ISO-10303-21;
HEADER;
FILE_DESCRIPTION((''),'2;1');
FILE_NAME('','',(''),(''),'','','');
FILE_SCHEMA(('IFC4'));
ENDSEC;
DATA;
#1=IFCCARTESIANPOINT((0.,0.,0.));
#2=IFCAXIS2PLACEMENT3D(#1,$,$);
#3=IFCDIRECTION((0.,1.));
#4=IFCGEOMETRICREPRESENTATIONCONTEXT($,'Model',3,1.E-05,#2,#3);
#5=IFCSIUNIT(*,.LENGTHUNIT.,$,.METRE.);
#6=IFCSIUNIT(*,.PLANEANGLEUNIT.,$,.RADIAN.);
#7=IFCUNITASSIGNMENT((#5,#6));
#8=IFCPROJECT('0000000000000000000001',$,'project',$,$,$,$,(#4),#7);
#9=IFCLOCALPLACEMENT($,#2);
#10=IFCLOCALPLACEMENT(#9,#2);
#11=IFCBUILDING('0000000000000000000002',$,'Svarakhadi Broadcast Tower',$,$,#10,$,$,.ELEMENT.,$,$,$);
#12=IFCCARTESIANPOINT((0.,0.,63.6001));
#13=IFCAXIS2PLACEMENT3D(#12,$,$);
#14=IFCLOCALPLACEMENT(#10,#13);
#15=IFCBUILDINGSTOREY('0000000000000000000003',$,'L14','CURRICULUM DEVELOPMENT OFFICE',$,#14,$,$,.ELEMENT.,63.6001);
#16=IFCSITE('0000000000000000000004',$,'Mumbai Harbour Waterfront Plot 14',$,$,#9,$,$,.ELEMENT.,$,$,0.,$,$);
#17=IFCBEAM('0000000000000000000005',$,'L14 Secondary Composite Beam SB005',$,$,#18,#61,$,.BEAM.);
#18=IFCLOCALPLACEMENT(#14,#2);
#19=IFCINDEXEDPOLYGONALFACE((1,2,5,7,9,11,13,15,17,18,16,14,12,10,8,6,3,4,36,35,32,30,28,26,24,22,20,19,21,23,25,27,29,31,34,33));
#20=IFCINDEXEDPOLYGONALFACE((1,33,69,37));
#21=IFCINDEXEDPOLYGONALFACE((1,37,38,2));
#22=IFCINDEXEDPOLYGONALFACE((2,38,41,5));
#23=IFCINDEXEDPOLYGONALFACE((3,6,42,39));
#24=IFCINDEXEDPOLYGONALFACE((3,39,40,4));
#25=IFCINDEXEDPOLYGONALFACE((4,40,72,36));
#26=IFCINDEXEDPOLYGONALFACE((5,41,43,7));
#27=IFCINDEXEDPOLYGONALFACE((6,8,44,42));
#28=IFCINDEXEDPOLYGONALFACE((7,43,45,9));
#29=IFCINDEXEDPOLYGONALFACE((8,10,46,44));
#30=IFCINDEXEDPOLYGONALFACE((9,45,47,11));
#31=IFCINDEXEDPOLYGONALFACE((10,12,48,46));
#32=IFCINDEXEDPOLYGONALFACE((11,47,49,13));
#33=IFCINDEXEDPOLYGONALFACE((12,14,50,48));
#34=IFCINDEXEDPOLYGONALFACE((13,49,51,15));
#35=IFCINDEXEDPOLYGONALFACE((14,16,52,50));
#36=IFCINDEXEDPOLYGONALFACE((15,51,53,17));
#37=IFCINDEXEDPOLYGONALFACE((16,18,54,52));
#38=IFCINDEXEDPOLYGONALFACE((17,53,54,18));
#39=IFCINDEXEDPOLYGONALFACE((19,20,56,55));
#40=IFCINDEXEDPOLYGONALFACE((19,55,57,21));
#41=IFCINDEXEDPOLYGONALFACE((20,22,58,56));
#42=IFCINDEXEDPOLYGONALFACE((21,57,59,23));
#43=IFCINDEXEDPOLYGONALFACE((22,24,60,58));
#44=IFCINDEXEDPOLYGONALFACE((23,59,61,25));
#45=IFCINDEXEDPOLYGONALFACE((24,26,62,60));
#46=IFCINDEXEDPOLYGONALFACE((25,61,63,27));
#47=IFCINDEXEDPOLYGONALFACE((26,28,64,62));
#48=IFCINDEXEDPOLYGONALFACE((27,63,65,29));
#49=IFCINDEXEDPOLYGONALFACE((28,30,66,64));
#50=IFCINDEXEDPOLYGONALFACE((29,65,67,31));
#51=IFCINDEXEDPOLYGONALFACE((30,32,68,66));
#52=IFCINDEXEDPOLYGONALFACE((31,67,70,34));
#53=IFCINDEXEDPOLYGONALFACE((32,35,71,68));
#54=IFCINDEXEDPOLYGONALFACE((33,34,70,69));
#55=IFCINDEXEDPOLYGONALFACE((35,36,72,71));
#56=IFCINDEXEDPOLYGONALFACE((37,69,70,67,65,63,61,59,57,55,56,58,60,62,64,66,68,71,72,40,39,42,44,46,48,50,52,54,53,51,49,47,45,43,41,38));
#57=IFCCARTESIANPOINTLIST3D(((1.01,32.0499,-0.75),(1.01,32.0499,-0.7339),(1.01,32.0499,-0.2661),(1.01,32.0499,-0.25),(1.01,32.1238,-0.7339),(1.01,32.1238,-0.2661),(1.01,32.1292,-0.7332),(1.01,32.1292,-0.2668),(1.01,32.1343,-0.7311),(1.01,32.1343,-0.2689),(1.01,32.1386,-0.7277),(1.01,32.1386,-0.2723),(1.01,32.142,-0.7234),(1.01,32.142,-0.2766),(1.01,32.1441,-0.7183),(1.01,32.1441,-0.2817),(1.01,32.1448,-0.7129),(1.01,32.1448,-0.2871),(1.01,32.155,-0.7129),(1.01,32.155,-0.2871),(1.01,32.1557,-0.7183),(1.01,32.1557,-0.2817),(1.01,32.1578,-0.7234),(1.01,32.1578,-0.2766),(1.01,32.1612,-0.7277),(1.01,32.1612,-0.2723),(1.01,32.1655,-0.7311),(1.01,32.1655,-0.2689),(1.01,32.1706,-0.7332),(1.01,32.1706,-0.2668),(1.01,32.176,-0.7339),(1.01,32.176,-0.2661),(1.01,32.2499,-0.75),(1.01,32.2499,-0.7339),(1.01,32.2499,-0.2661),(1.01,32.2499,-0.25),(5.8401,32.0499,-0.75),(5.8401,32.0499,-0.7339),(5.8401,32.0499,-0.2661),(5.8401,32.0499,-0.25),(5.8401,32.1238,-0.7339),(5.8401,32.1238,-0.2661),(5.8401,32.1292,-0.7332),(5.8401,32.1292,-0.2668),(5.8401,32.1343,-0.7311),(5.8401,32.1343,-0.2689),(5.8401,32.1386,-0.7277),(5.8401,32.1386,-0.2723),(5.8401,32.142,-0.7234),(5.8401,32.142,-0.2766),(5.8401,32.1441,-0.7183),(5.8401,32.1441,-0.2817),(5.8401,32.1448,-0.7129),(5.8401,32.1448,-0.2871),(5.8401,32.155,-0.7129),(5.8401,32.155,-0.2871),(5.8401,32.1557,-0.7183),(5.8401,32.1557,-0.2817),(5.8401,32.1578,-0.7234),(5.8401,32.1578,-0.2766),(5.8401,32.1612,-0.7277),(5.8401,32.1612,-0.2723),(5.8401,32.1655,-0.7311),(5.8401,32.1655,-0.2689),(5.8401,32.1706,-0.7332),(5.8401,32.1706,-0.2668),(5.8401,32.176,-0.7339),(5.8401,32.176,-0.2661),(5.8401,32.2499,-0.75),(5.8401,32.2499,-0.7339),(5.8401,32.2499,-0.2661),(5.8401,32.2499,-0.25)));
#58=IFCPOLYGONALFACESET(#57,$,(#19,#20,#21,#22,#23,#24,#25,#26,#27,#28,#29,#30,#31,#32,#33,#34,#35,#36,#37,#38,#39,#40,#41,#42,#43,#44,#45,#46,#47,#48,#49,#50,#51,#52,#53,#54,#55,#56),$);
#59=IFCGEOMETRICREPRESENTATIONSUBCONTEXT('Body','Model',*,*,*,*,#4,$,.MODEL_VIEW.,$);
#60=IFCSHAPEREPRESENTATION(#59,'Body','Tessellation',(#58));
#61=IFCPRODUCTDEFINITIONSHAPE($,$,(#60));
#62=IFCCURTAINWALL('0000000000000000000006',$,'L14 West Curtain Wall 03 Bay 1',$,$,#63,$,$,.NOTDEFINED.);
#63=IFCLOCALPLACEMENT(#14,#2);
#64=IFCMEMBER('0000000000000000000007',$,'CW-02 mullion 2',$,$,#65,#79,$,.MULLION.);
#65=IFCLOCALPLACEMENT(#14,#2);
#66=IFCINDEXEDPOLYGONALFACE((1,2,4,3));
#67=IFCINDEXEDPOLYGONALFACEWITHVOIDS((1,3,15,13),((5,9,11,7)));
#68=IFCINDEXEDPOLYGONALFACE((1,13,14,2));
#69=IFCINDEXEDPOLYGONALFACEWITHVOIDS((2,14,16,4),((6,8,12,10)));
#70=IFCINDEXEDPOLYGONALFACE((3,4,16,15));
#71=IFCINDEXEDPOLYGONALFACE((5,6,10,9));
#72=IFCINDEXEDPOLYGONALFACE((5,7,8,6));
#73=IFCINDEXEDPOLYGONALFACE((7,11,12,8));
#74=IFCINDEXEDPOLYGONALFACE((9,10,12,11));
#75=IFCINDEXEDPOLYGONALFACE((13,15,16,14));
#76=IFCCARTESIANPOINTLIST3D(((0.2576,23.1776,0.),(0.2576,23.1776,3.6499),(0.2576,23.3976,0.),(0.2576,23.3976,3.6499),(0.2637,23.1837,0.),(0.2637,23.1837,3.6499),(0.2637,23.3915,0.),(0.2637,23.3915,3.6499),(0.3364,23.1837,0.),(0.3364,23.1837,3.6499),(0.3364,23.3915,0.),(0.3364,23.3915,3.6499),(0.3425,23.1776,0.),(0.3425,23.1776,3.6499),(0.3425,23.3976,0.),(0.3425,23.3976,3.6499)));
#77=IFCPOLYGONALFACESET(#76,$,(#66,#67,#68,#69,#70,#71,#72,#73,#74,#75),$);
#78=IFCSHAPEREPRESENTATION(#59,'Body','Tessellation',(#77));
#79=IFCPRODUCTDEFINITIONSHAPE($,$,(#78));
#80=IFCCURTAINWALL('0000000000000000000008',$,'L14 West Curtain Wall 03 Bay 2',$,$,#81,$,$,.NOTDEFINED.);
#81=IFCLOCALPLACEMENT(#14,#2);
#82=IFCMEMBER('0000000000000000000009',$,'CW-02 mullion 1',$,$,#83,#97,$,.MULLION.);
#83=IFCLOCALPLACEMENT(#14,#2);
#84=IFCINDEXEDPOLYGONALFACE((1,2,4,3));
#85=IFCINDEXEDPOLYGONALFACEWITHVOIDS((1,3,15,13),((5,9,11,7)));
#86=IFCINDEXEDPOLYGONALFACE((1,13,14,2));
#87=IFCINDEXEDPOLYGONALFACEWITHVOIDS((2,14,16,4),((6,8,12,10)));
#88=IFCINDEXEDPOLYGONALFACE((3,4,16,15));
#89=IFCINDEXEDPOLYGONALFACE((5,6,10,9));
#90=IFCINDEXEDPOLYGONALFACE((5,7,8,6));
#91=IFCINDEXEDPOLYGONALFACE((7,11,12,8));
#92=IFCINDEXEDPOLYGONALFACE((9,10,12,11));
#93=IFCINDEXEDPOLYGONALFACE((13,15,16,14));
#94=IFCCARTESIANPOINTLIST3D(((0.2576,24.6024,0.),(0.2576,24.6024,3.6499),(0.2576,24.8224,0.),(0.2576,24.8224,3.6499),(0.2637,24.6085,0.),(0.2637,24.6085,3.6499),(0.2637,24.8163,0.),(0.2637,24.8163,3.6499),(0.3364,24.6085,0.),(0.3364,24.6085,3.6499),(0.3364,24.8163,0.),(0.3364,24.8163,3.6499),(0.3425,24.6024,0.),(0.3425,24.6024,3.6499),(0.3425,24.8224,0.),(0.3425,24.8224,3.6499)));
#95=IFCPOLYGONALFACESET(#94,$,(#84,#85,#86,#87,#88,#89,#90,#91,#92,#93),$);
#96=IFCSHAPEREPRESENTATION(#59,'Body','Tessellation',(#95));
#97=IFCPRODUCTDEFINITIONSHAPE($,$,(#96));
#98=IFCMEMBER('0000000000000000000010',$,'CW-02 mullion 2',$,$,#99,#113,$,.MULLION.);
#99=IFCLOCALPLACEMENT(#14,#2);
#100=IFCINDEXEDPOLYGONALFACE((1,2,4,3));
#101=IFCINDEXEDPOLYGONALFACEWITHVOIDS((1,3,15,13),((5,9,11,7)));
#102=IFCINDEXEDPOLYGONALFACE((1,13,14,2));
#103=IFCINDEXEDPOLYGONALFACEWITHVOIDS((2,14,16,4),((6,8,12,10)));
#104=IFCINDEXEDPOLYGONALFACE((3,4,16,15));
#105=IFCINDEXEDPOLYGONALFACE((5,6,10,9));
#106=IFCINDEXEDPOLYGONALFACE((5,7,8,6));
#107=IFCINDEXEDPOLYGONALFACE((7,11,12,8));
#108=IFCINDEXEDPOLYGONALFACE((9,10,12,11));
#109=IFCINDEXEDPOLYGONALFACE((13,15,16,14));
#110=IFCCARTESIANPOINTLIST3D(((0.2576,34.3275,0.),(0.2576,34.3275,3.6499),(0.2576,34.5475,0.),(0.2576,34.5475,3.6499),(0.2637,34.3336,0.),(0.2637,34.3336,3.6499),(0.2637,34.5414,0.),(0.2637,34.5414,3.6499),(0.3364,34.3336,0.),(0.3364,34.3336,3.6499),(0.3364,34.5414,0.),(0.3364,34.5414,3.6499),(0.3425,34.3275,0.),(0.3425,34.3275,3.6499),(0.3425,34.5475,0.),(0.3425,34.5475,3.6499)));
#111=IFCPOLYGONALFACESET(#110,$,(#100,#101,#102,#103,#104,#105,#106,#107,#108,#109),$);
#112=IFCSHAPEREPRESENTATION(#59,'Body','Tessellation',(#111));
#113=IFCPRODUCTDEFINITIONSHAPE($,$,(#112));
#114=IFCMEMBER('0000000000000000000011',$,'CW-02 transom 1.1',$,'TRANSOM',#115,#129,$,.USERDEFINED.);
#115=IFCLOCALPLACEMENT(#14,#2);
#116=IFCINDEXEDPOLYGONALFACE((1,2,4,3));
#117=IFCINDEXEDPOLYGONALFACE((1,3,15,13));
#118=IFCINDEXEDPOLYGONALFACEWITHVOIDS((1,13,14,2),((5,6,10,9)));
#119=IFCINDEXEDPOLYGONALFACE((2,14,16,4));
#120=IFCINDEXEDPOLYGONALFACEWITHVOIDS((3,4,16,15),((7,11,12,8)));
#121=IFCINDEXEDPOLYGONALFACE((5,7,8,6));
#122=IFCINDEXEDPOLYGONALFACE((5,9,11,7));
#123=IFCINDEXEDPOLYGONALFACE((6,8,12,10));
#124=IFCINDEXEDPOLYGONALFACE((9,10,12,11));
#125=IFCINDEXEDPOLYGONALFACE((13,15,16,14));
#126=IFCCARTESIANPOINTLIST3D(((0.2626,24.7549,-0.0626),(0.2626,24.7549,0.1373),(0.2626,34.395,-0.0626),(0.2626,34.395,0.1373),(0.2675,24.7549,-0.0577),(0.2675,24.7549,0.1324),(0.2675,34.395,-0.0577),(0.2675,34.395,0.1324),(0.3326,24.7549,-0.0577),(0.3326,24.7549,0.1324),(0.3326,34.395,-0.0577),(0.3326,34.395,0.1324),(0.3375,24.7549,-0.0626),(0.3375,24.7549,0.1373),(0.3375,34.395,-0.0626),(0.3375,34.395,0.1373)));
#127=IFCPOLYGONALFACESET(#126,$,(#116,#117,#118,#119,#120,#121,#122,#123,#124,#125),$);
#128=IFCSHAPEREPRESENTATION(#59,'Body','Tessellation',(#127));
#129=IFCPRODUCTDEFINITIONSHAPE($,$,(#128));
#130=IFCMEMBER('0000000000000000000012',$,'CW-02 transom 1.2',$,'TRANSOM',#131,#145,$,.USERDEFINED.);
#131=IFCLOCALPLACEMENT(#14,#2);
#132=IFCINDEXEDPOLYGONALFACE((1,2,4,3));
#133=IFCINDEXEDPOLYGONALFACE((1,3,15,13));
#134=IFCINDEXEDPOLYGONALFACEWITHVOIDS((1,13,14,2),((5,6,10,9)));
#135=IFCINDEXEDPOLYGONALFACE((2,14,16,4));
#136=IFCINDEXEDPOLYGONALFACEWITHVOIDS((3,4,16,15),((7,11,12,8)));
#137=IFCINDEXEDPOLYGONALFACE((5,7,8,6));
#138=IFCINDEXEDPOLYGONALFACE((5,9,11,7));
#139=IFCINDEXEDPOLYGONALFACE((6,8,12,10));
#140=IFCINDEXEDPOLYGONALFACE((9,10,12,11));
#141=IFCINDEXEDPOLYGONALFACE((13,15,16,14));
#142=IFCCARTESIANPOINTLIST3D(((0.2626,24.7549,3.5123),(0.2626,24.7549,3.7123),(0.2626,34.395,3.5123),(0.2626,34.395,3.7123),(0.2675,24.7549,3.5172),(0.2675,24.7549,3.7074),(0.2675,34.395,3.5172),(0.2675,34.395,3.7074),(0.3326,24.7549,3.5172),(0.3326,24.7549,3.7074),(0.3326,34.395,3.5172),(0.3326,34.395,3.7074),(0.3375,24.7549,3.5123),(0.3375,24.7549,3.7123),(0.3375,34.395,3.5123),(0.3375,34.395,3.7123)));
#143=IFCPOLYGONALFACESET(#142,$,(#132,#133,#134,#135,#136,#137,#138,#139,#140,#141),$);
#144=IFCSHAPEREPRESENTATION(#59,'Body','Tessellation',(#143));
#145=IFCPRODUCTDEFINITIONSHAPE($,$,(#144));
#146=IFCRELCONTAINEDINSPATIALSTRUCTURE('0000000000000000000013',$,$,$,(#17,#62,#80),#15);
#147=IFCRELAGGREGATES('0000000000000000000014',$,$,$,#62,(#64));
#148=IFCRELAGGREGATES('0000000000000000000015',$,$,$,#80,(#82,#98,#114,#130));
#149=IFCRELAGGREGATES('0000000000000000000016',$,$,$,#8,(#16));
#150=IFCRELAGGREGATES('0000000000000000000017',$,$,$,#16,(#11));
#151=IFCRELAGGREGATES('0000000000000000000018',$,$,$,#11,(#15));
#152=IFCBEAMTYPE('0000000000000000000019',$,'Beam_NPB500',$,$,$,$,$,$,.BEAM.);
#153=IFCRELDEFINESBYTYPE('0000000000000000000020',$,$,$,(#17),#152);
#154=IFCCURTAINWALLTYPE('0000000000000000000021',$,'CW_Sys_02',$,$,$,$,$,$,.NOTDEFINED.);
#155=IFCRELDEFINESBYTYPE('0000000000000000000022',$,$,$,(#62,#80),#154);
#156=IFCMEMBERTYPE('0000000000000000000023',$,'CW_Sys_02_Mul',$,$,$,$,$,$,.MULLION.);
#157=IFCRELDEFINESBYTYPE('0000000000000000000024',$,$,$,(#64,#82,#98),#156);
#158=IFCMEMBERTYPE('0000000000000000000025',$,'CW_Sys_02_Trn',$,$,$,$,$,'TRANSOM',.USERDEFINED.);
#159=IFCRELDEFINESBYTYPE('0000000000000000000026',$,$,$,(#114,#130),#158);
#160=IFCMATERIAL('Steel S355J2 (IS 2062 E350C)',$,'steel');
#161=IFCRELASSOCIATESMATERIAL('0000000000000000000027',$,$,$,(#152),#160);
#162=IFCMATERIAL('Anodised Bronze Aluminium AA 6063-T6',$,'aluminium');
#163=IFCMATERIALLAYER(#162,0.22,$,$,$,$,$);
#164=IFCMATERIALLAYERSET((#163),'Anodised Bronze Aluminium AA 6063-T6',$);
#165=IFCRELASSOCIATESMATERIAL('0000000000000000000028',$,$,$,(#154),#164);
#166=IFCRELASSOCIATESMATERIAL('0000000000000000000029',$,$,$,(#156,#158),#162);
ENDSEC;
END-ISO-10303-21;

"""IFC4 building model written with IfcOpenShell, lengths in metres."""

from ifc_helpers import new_model, si_unit, direction, frame, origin, origin_2d, place, context, subcontext, project, spatial, hollow_rectangle, i_section, extrude, material, layer, layer_set, material_profile, profile_set, type_object, element, aggregate, save


model = new_model("IFC4")

# Units and contexts
model_context = context("Model", 3, precision=1e-05, world=origin(), true_north=direction((0.0, 1.0)))
body_context = subcontext(model_context, "Body", "Model", "MODEL_VIEW")
ifc_project = project(units=[si_unit("LENGTHUNIT", "METRE"), si_unit("PLANEANGLEUNIT", "RADIAN")], contexts=[model_context])

# Site, building, storey
site_placement = place(None, origin())
site = spatial("IfcSite", under=ifc_project, at=site_placement, Name="Mumbai Harbour Waterfront Plot 14", CompositionType="ELEMENT", RefElevation=0.0)
building_placement = place(site_placement, origin())
building = spatial("IfcBuilding", under=site, at=building_placement, Name="Svarakhadi Broadcast Tower", CompositionType="ELEMENT")
storey_placement = place(building_placement, frame((0.0, 0.0, 63.6001)))
storey = spatial("IfcBuildingStorey", under=building, at=storey_placement, Name="L14", Description="CURRICULUM DEVELOPMENT OFFICE", CompositionType="ELEMENT", Elevation=63.6001)

# Beam
ifc_material_1 = material(Name="Steel S355J2 (IS 2062 E350C)", Category="steel")
ifc_material_profile_1 = material_profile(ifc_material_1, i_section(OverallWidth=0.2, OverallDepth=0.5, WebThickness=0.0103, FlangeThickness=0.0161, FilletRadius=0.021, at=origin_2d()), Name="NPB 500x200x91")
ifc_profile_set_1 = profile_set([ifc_material_profile_1], Name="Steel S355J2 (IS 2062 E350C)")
beam_type_1 = type_object("IfcBeamType", Name="Beam_NPB500", PredefinedType="BEAM", material=ifc_profile_set_1)
for number, where, z_axis, x_axis, name in (
    (1, (1.01, 32.1499, -0.5), (1.0, 0.0, 0.0), (0.0, 1.0, 0.0), "L14 Secondary Composite Beam SB005"),
):
    element("IfcBeam", number, at=place(storey_placement, frame(where, z_axis=z_axis, x_axis=x_axis)), inside=storey, type_object=beam_type_1, Name=name, PredefinedType="BEAM", context=body_context, shape_type="SweptSolid", body=[
        extrude(i_section(OverallWidth=0.2, OverallDepth=0.5, WebThickness=0.0103, FlangeThickness=0.0161, FilletRadius=0.021, at=origin_2d()), origin(), (0.0, 0.0, 1.0), 4.8301),
    ])

# Curtain wall, member
ifc_material_2 = material(Name="Anodised Bronze Aluminium AA 6063-T6", Category="aluminium")
ifc_layer_1 = layer(ifc_material_2, 0.22)
ifc_layer_set_1 = layer_set([ifc_layer_1], Name="Anodised Bronze Aluminium AA 6063-T6")
curtain_wall_type = type_object("IfcCurtainWallType", Name="CW_Sys_02", PredefinedType="NOTDEFINED", material=ifc_layer_set_1)
curtain_wall_1_placement = place(storey_placement, origin())
curtain_wall_1 = element("IfcCurtainWall", 2, at=curtain_wall_1_placement, inside=storey, type_object=curtain_wall_type, Name="L14 West Curtain Wall 03 Bay 1", PredefinedType="NOTDEFINED")
ifc_material_profile_2 = material_profile(ifc_material_2, hollow_rectangle(XDim=0.085, YDim=0.22, WallThickness=0.0061, at=origin_2d()), Name="ALU MULLION 220x85x6")
ifc_profile_set_2 = profile_set([ifc_material_profile_2], Name="Anodised Bronze Aluminium AA 6063-T6")
member_type_1 = type_object("IfcMemberType", Name="CW_Sys_02_Mul", PredefinedType="MULLION", material=ifc_profile_set_2)
member_1_placement = place(storey_placement, frame((0.3, 23.2876, 0.0), z_axis=(0.0, 0.0, 1.0), x_axis=(-1.0, 0.0, 0.0)))
member_1 = element("IfcMember", 3, at=member_1_placement, type_object=member_type_1, Name="CW-02 mullion 2", PredefinedType="MULLION", context=body_context, shape_type="SweptSolid", body=[
    extrude(hollow_rectangle(XDim=0.085, YDim=0.22, WallThickness=0.0061, at=origin_2d()), origin(), (0.0, 0.0, 1.0), 3.6499),
])
aggregate(curtain_wall_1, [member_1])

# Curtain wall, members
curtain_wall_2_placement = place(storey_placement, origin())
curtain_wall_2 = element("IfcCurtainWall", 4, at=curtain_wall_2_placement, inside=storey, type_object=curtain_wall_type, Name="L14 West Curtain Wall 03 Bay 2", PredefinedType="NOTDEFINED")
member_2_placement = place(storey_placement, frame((0.3, 24.7124, 0.0), z_axis=(0.0, 0.0, 1.0), x_axis=(-1.0, 0.0, 0.0)))
member_2 = element("IfcMember", 5, at=member_2_placement, type_object=member_type_1, Name="CW-02 mullion 1", PredefinedType="MULLION", context=body_context, shape_type="SweptSolid", body=[
    extrude(hollow_rectangle(XDim=0.085, YDim=0.22, WallThickness=0.0061, at=origin_2d()), origin(), (0.0, 0.0, 1.0), 3.6499),
])
member_3_placement = place(storey_placement, frame((0.3, 34.4375, 0.0), z_axis=(0.0, 0.0, 1.0), x_axis=(-1.0, 0.0, 0.0)))
member_3 = element("IfcMember", 6, at=member_3_placement, type_object=member_type_1, Name="CW-02 mullion 2", PredefinedType="MULLION", context=body_context, shape_type="SweptSolid", body=[
    extrude(hollow_rectangle(XDim=0.085, YDim=0.22, WallThickness=0.0061, at=origin_2d()), origin(), (0.0, 0.0, 1.0), 3.6499),
])
ifc_material_profile_3 = material_profile(ifc_material_2, hollow_rectangle(XDim=0.075, YDim=0.2, WallThickness=0.0049, at=origin_2d()), Name="ALU TRANSOM 200x75x5")
ifc_profile_set_3 = profile_set([ifc_material_profile_3], Name="Anodised Bronze Aluminium AA 6063-T6")
member_type_2 = type_object("IfcMemberType", Name="CW_Sys_02_Trn", ElementType="TRANSOM", PredefinedType="USERDEFINED", material=ifc_profile_set_3)
member_4_placement = place(storey_placement, frame((0.3, 24.7549, 0.0374), z_axis=(0.0, 1.0, 0.0), x_axis=(-1.0, 0.0, 0.0)))
member_4 = element("IfcMember", 7, at=member_4_placement, type_object=member_type_2, Name="CW-02 transom 1.1", ObjectType="TRANSOM", PredefinedType="USERDEFINED", context=body_context, shape_type="SweptSolid", body=[
    extrude(hollow_rectangle(XDim=0.075, YDim=0.2, WallThickness=0.0049, at=origin_2d()), origin(), (0.0, 0.0, 1.0), 9.6401),
])
member_5_placement = place(storey_placement, frame((0.3, 24.7549, 3.6123), z_axis=(0.0, 1.0, 0.0), x_axis=(-1.0, 0.0, 0.0)))
member_5 = element("IfcMember", 8, at=member_5_placement, type_object=member_type_2, Name="CW-02 transom 1.2", ObjectType="TRANSOM", PredefinedType="USERDEFINED", context=body_context, shape_type="SweptSolid", body=[
    extrude(hollow_rectangle(XDim=0.075, YDim=0.2, WallThickness=0.0049, at=origin_2d()), origin(), (0.0, 0.0, 1.0), 9.6401),
])

aggregate(curtain_wall_2, [member_2, member_3, member_4, member_5])

save(model, "model.ifc")
